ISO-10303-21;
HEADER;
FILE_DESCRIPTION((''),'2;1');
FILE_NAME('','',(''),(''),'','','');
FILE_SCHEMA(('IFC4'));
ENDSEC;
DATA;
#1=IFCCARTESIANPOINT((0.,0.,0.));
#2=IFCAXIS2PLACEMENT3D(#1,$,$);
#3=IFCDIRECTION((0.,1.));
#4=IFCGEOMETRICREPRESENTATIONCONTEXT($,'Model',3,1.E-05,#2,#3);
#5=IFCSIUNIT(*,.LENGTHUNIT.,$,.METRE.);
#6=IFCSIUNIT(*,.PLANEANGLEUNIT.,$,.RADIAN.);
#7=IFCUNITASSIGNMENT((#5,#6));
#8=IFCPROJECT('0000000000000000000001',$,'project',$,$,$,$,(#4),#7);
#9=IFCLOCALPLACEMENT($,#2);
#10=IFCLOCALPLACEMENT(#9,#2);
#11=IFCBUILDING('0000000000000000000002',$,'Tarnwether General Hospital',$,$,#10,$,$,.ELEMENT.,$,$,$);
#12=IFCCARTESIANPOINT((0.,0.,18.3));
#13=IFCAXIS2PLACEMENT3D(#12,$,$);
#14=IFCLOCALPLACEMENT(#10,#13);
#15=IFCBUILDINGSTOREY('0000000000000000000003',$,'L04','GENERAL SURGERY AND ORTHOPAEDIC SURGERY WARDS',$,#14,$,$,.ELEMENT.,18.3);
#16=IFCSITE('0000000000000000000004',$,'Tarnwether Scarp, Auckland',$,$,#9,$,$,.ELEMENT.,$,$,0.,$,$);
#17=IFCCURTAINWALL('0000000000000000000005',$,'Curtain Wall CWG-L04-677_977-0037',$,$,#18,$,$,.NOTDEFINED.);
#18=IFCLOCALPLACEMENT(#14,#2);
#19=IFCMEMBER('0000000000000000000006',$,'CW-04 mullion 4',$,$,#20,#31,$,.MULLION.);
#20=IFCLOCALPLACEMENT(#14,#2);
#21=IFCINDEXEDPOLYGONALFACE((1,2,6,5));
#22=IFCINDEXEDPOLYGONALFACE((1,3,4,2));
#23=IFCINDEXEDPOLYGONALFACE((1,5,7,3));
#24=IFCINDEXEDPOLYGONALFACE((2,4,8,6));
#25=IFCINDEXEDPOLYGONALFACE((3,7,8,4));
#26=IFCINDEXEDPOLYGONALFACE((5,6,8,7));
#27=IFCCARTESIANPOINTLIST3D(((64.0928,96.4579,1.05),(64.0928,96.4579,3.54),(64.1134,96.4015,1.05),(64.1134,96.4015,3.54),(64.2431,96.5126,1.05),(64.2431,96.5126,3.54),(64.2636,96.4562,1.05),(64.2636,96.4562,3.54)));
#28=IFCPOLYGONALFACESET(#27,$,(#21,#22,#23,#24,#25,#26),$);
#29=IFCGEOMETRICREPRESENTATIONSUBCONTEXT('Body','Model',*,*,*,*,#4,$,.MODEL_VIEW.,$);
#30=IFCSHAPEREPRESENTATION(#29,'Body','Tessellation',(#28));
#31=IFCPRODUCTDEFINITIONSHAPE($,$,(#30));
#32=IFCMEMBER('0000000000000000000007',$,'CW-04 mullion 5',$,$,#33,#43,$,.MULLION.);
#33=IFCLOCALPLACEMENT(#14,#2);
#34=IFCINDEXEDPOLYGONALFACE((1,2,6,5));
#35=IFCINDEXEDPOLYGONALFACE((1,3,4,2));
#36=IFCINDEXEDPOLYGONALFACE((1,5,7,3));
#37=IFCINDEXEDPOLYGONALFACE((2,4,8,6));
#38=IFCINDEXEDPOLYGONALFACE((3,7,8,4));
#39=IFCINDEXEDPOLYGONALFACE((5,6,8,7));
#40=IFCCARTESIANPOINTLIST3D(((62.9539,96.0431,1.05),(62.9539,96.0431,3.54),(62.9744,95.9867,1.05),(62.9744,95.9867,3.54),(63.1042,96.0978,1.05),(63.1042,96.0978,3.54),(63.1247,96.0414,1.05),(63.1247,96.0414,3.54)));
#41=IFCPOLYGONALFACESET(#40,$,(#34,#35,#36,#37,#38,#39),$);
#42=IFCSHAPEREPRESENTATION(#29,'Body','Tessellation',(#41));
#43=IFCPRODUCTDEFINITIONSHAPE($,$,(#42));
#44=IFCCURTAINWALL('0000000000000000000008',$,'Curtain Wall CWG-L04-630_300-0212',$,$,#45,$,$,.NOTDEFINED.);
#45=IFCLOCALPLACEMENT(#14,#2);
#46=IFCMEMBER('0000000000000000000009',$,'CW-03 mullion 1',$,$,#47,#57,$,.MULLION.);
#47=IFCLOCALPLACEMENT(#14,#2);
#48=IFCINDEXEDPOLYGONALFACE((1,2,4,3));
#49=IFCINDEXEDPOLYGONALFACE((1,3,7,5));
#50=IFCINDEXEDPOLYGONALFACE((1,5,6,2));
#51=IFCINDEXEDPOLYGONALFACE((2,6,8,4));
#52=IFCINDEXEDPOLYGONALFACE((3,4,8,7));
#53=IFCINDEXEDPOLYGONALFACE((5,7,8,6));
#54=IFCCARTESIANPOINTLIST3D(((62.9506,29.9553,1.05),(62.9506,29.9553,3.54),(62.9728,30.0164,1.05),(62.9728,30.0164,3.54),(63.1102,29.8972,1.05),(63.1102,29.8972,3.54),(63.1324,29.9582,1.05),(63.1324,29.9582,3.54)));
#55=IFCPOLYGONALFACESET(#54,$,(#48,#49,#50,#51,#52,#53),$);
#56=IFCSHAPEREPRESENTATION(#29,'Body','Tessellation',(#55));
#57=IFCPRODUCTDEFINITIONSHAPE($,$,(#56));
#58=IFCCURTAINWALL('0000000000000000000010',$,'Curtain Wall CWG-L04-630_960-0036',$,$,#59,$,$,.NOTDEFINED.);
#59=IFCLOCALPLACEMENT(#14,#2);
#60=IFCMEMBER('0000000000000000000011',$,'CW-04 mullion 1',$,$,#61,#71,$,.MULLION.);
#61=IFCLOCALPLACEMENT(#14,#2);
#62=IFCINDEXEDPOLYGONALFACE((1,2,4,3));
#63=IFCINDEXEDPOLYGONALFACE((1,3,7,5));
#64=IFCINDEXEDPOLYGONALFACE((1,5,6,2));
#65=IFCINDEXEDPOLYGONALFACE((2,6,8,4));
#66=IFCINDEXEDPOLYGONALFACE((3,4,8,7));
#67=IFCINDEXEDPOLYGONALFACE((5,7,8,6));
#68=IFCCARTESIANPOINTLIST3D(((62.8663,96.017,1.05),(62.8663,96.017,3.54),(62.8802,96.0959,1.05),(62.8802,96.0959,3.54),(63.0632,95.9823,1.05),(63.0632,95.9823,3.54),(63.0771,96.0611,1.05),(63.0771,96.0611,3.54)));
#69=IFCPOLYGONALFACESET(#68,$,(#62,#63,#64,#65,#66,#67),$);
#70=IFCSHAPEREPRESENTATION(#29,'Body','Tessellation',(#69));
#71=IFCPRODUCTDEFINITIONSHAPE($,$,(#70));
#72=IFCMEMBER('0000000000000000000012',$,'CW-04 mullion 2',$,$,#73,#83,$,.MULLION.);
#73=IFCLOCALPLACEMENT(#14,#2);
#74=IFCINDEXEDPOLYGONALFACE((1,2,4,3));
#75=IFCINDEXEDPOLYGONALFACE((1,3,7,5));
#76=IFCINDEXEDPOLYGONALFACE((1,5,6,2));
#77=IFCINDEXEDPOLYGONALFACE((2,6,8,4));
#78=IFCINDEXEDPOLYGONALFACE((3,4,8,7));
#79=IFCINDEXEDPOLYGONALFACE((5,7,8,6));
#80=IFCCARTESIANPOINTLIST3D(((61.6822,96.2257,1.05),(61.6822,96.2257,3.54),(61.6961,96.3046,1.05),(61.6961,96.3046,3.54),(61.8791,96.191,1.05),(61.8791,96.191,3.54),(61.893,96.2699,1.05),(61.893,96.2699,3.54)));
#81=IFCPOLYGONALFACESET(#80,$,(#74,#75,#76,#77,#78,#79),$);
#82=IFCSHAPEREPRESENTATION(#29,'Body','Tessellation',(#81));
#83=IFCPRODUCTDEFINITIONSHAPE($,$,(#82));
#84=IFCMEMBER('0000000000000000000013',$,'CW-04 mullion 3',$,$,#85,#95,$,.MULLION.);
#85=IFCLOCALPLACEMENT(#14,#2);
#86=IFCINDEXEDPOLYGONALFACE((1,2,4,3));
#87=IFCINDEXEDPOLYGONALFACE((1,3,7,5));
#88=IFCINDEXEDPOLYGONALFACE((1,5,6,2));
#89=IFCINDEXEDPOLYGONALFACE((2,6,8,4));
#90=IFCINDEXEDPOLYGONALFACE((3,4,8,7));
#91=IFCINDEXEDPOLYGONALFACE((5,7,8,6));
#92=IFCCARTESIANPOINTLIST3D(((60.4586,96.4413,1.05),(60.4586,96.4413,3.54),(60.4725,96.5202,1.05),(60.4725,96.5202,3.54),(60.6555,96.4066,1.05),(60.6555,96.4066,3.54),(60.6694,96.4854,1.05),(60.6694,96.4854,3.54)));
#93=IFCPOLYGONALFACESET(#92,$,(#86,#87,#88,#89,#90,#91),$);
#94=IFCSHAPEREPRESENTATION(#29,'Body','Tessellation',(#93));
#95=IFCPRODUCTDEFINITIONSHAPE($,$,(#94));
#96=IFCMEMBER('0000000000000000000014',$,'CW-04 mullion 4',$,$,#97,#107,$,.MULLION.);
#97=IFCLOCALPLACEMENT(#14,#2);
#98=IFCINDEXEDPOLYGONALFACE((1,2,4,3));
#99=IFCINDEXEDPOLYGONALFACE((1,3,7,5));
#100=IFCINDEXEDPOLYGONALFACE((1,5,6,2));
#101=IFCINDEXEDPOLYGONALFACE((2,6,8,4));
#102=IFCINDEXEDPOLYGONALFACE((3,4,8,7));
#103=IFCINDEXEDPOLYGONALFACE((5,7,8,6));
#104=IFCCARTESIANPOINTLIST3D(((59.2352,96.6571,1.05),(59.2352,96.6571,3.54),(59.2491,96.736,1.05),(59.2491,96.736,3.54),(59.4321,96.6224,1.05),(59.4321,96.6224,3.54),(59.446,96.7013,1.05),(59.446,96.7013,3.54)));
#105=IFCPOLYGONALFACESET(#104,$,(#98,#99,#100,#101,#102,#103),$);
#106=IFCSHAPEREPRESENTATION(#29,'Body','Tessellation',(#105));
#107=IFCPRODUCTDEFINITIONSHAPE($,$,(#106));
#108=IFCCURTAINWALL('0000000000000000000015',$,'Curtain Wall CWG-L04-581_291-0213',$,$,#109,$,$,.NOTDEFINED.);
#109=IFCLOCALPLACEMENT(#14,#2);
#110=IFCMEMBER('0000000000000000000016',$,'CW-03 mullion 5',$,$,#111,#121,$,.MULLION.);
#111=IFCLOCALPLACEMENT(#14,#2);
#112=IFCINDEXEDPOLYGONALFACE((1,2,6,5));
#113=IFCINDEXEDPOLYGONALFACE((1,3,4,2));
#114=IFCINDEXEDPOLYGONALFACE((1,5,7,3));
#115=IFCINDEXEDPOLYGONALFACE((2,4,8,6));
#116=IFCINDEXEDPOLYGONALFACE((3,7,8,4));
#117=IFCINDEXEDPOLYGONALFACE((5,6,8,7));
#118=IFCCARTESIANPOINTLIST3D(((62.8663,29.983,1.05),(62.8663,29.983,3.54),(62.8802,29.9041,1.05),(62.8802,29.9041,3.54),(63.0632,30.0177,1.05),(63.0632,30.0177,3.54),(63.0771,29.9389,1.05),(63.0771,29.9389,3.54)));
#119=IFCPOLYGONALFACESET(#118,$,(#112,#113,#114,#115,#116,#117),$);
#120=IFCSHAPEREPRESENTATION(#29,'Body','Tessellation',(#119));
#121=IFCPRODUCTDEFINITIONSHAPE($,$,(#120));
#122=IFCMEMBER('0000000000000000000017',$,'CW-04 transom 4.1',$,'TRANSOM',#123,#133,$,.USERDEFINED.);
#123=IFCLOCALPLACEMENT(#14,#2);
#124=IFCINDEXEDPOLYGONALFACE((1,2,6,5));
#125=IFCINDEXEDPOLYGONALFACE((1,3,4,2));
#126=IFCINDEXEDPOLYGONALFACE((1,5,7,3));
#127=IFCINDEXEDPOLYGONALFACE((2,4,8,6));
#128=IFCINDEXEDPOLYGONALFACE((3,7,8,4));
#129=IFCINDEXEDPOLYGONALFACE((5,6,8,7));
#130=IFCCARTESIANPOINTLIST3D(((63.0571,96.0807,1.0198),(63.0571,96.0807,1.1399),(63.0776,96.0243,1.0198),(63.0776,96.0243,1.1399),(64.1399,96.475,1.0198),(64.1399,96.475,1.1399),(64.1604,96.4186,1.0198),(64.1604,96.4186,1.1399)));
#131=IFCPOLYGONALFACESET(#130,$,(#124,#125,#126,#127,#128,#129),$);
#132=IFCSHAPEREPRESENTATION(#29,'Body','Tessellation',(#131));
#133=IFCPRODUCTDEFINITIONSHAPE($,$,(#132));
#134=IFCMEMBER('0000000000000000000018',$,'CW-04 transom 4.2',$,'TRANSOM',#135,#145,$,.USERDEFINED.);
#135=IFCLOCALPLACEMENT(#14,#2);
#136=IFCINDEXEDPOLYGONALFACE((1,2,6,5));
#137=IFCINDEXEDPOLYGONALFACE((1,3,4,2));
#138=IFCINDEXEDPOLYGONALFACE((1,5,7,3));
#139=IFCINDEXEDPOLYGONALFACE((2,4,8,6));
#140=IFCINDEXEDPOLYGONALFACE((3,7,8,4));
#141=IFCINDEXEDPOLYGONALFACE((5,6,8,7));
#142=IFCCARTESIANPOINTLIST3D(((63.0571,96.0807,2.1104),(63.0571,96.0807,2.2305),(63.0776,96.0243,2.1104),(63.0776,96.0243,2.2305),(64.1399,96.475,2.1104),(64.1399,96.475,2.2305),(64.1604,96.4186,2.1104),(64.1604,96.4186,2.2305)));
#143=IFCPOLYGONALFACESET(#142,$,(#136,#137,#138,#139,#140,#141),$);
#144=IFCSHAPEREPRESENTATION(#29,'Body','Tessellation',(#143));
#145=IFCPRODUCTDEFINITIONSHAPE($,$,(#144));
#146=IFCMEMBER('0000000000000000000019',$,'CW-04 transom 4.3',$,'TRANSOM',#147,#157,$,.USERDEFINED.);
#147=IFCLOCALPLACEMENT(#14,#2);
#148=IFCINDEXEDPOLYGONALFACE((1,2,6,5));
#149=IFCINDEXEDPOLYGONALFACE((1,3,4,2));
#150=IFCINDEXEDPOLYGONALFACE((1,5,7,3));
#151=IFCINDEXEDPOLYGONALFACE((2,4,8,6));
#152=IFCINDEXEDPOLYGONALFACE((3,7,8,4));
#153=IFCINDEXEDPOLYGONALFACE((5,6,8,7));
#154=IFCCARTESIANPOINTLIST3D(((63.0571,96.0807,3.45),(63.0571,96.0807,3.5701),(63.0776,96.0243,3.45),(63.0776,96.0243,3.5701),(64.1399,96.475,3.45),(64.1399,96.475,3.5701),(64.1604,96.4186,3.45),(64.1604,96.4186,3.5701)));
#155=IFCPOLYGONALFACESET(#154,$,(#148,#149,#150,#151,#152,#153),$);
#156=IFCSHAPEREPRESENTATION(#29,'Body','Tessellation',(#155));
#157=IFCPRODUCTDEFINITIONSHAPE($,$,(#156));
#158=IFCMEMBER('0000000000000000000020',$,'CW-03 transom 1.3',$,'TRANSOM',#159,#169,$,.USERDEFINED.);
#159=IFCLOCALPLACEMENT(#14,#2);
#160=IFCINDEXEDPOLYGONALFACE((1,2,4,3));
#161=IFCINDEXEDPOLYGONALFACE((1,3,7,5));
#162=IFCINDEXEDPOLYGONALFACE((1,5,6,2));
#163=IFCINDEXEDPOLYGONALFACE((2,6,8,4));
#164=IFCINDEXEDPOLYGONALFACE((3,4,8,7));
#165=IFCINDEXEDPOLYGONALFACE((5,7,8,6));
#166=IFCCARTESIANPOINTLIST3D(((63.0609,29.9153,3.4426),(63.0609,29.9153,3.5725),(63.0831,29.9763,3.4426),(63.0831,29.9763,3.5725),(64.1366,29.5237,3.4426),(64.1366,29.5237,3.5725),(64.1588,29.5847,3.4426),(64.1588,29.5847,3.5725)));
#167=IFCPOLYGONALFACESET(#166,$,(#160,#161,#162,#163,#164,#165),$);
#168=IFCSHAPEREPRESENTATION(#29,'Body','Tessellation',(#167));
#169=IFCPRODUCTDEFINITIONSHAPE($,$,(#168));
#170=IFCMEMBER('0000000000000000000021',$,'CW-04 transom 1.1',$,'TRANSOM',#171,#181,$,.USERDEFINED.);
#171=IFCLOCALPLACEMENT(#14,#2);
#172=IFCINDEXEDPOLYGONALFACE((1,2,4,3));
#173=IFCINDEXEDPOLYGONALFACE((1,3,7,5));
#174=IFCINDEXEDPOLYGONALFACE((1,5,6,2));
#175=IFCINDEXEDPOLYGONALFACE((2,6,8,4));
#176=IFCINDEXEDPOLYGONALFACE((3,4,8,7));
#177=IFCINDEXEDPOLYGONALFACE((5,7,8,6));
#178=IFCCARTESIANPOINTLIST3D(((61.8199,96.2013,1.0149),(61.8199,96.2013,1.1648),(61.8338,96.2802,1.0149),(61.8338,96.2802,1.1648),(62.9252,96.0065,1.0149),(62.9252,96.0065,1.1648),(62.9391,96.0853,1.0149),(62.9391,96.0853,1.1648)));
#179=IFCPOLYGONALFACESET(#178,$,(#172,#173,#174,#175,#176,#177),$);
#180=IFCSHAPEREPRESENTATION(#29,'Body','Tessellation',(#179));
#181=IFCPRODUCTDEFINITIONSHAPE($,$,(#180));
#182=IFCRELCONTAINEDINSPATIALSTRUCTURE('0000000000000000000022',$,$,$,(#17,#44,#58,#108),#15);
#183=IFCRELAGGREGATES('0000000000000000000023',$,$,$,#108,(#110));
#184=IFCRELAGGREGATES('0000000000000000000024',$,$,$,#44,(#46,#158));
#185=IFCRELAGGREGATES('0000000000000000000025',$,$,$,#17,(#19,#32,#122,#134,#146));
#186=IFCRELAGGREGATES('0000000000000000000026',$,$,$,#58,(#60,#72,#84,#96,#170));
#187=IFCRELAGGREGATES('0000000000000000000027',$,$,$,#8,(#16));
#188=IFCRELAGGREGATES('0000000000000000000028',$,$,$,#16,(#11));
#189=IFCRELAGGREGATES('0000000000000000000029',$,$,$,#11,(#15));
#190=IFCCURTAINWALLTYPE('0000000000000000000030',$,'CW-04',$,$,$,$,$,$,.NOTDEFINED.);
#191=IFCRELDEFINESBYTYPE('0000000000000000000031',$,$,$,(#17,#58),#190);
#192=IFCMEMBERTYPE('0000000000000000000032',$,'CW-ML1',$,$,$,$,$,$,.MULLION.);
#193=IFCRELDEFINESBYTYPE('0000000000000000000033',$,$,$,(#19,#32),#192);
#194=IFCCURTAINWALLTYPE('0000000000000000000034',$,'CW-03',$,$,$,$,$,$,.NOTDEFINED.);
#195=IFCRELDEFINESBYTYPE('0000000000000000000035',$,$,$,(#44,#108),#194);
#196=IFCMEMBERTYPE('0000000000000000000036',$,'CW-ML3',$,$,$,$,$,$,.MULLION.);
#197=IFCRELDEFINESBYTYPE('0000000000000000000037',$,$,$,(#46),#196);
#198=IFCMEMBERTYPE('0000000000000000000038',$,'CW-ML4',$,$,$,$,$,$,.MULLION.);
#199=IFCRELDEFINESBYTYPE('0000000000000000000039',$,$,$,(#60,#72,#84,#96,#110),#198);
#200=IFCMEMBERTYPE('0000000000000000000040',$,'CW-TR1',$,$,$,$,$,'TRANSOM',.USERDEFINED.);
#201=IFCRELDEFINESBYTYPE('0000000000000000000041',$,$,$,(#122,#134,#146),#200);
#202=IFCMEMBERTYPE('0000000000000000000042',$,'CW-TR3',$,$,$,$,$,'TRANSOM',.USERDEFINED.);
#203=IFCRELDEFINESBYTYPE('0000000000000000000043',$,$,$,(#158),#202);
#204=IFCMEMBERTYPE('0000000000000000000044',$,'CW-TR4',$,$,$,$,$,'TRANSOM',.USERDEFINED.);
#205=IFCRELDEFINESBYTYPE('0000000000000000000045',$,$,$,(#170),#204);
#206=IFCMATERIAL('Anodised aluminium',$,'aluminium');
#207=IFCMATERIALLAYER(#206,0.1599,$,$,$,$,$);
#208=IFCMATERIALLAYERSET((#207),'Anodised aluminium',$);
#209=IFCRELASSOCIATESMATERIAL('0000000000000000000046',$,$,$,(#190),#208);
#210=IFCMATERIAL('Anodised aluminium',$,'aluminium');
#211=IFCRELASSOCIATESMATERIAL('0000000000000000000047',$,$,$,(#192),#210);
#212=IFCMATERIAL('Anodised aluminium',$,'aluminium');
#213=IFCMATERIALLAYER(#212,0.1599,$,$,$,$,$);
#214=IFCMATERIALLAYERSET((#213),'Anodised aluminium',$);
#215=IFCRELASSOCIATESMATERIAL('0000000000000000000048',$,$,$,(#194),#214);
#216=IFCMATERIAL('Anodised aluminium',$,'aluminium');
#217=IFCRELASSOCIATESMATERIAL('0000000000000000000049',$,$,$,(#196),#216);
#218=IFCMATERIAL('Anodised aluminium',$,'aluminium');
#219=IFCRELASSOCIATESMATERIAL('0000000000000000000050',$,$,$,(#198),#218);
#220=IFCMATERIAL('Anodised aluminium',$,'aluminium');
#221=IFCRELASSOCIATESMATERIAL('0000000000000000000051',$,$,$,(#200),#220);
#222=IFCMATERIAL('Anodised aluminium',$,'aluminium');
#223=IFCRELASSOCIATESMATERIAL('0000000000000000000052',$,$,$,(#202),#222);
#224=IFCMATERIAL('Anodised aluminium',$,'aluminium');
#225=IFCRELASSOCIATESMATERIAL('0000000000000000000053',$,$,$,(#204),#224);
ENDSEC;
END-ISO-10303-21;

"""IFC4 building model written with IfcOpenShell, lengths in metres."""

from ifc_helpers import new_model, si_unit, direction, frame, origin, origin_2d, place, context, subcontext, project, spatial, rectangle, extrude, material, layer, layer_set, material_profile, profile_set, type_object, element, aggregate, save


model = new_model("IFC4")

# Units and contexts
model_context = context("Model", 3, precision=1e-05, world=origin(), true_north=direction((0.0, 1.0)))
body_context = subcontext(model_context, "Body", "Model", "MODEL_VIEW")
ifc_project = project(units=[si_unit("LENGTHUNIT", "METRE"), si_unit("PLANEANGLEUNIT", "RADIAN")], contexts=[model_context])

# Site, building, storey
site_placement = place(None, origin())
site = spatial("IfcSite", under=ifc_project, at=site_placement, Name="Tarnwether Scarp, Auckland", CompositionType="ELEMENT", RefElevation=0.0)
building_placement = place(site_placement, origin())
building = spatial("IfcBuilding", under=site, at=building_placement, Name="Tarnwether General Hospital", CompositionType="ELEMENT")
storey_placement = place(building_placement, frame((0.0, 0.0, 18.3)))
storey = spatial("IfcBuildingStorey", under=building, at=storey_placement, Name="L04", Description="GENERAL SURGERY AND ORTHOPAEDIC SURGERY WARDS", CompositionType="ELEMENT", Elevation=18.3)

# Curtain wall, members
ifc_material_1 = material(Name="Anodised aluminium", Category="aluminium")
ifc_layer_1 = layer(ifc_material_1, 0.1599)
ifc_layer_set_1 = layer_set([ifc_layer_1], Name="Anodised aluminium")
curtain_wall_type_1 = type_object("IfcCurtainWallType", Name="CW-04", PredefinedType="NOTDEFINED", material=ifc_layer_set_1)
curtain_wall_1_placement = place(storey_placement, origin())
curtain_wall_1 = element("IfcCurtainWall", 1, at=curtain_wall_1_placement, inside=storey, type_object=curtain_wall_type_1, Name="Curtain Wall CWG-L04-677_977-0037", PredefinedType="NOTDEFINED")
ifc_material_2 = material(Name="Anodised aluminium", Category="aluminium")
ifc_material_profile_1 = material_profile(ifc_material_2, rectangle(XDim=0.0601, YDim=0.1599, at=origin_2d()), Name="ALU-MUL-60x160")
ifc_profile_set_1 = profile_set([ifc_material_profile_1], Name="Anodised aluminium")
member_type_1 = type_object("IfcMemberType", Name="CW-ML1", PredefinedType="MULLION", material=ifc_profile_set_1)
member_1_placement = place(storey_placement, frame((64.1782, 96.457, 1.05), z_axis=(0.0, 0.0, 1.0), x_axis=(0.342131, -0.939652, 0.0)))
member_1 = element("IfcMember", 2, at=member_1_placement, type_object=member_type_1, Name="CW-04 mullion 4", PredefinedType="MULLION", context=body_context, shape_type="SweptSolid", body=[
    extrude(rectangle(XDim=0.0601, YDim=0.1599, at=origin_2d()), origin(), (0.0, 0.0, 1.0), 2.49),
])
member_2_placement = place(storey_placement, frame((63.0393, 96.0422, 1.05), z_axis=(0.0, 0.0, 1.0), x_axis=(0.342131, -0.939652, 0.0)))
member_2 = element("IfcMember", 3, at=member_2_placement, type_object=member_type_1, Name="CW-04 mullion 5", PredefinedType="MULLION", context=body_context, shape_type="SweptSolid", body=[
    extrude(rectangle(XDim=0.0601, YDim=0.1599, at=origin_2d()), origin(), (0.0, 0.0, 1.0), 2.49),
])

# Curtain wall, member
ifc_material_3 = material(Name="Anodised aluminium", Category="aluminium")
ifc_layer_2 = layer(ifc_material_3, 0.1599)
ifc_layer_set_2 = layer_set([ifc_layer_2], Name="Anodised aluminium")
curtain_wall_type_2 = type_object("IfcCurtainWallType", Name="CW-03", PredefinedType="NOTDEFINED", material=ifc_layer_set_2)
curtain_wall_2_placement = place(storey_placement, origin())
curtain_wall_2 = element("IfcCurtainWall", 4, at=curtain_wall_2_placement, inside=storey, type_object=curtain_wall_type_2, Name="Curtain Wall CWG-L04-630_300-0212", PredefinedType="NOTDEFINED")
ifc_material_4 = material(Name="Anodised aluminium", Category="aluminium")
ifc_material_profile_2 = material_profile(ifc_material_4, rectangle(XDim=0.0649, YDim=0.1699, at=origin_2d()), Name="ALU-MUL-65x170")
ifc_profile_set_2 = profile_set([ifc_material_profile_2], Name="Anodised aluminium")
member_type_2 = type_object("IfcMemberType", Name="CW-ML3", PredefinedType="MULLION", material=ifc_profile_set_2)
member_3_placement = place(storey_placement, frame((63.0415, 29.9568, 1.05), z_axis=(0.0, 0.0, 1.0), x_axis=(0.342131, 0.939652, 0.0)))
member_3 = element("IfcMember", 5, at=member_3_placement, type_object=member_type_2, Name="CW-03 mullion 1", PredefinedType="MULLION", context=body_context, shape_type="SweptSolid", body=[
    extrude(rectangle(XDim=0.0649, YDim=0.1699, at=origin_2d()), origin(), (0.0, 0.0, 1.0), 2.49),
])

# Curtain wall, members
curtain_wall_3_placement = place(storey_placement, origin())
curtain_wall_3 = element("IfcCurtainWall", 6, at=curtain_wall_3_placement, inside=storey, type_object=curtain_wall_type_1, Name="Curtain Wall CWG-L04-630_960-0036", PredefinedType="NOTDEFINED")
ifc_material_5 = material(Name="Anodised aluminium", Category="aluminium")
ifc_material_profile_3 = material_profile(ifc_material_5, rectangle(XDim=0.0801, YDim=0.2, at=origin_2d()), Name="ALU-MUL-80x200")
ifc_profile_set_3 = profile_set([ifc_material_profile_3], Name="Anodised aluminium")
member_type_3 = type_object("IfcMemberType", Name="CW-ML4", PredefinedType="MULLION", material=ifc_profile_set_3)
member_4_placement = place(storey_placement, frame((62.9717, 96.0391, 1.05), z_axis=(0.0, 0.0, 1.0), x_axis=(-0.173659, -0.984806, 0.0)))
member_4 = element("IfcMember", 7, at=member_4_placement, type_object=member_type_3, Name="CW-04 mullion 1", PredefinedType="MULLION", context=body_context, shape_type="SweptSolid", body=[
    extrude(rectangle(XDim=0.0801, YDim=0.2, at=origin_2d()), origin(), (0.0, 0.0, 1.0), 2.49),
])
member_5_placement = place(storey_placement, frame((61.7876, 96.2478, 1.05), z_axis=(0.0, 0.0, 1.0), x_axis=(-0.173659, -0.984806, 0.0)))
member_5 = element("IfcMember", 8, at=member_5_placement, type_object=member_type_3, Name="CW-04 mullion 2", PredefinedType="MULLION", context=body_context, shape_type="SweptSolid", body=[
    extrude(rectangle(XDim=0.0801, YDim=0.2, at=origin_2d()), origin(), (0.0, 0.0, 1.0), 2.49),
])
member_6_placement = place(storey_placement, frame((60.564, 96.4634, 1.05), z_axis=(0.0, 0.0, 1.0), x_axis=(-0.173659, -0.984806, 0.0)))
member_6 = element("IfcMember", 9, at=member_6_placement, type_object=member_type_3, Name="CW-04 mullion 3", PredefinedType="MULLION", context=body_context, shape_type="SweptSolid", body=[
    extrude(rectangle(XDim=0.0801, YDim=0.2, at=origin_2d()), origin(), (0.0, 0.0, 1.0), 2.49),
])
member_7_placement = place(storey_placement, frame((59.3406, 96.6792, 1.05), z_axis=(0.0, 0.0, 1.0), x_axis=(-0.173659, -0.984806, 0.0)))
member_7 = element("IfcMember", 10, at=member_7_placement, type_object=member_type_3, Name="CW-04 mullion 4", PredefinedType="MULLION", context=body_context, shape_type="SweptSolid", body=[
    extrude(rectangle(XDim=0.0801, YDim=0.2, at=origin_2d()), origin(), (0.0, 0.0, 1.0), 2.49),
])

# Curtain wall, member
curtain_wall_4_placement = place(storey_placement, origin())
curtain_wall_4 = element("IfcCurtainWall", 11, at=curtain_wall_4_placement, inside=storey, type_object=curtain_wall_type_2, Name="Curtain Wall CWG-L04-581_291-0213", PredefinedType="NOTDEFINED")
member_8_placement = place(storey_placement, frame((62.9717, 29.9609, 1.05), z_axis=(0.0, 0.0, 1.0), x_axis=(-0.173659, 0.984806, 0.0)))
member_8 = element("IfcMember", 12, at=member_8_placement, type_object=member_type_3, Name="CW-03 mullion 5", PredefinedType="MULLION", context=body_context, shape_type="SweptSolid", body=[
    extrude(rectangle(XDim=0.0801, YDim=0.2, at=origin_2d()), origin(), (0.0, 0.0, 1.0), 2.49),
])
aggregate(curtain_wall_4, [member_8])

# Members
ifc_material_6 = material(Name="Anodised aluminium", Category="aluminium")
ifc_material_profile_4 = material_profile(ifc_material_6, rectangle(XDim=0.0601, YDim=0.1201, at=origin_2d()), Name="ALU-TRN-60x120")
ifc_profile_set_4 = profile_set([ifc_material_profile_4], Name="Anodised aluminium")
member_type_4 = type_object("IfcMemberType", Name="CW-TR1", ElementType="TRANSOM", PredefinedType="USERDEFINED", material=ifc_profile_set_4)
member_9_placement = place(storey_placement, frame((64.1501, 96.4468, 1.0798), z_axis=(-0.939639, -0.342168, 0.0), x_axis=(0.342168, -0.939639, 0.0)))
member_9 = element("IfcMember", 13, at=member_9_placement, type_object=member_type_4, Name="CW-04 transom 4.1", ObjectType="TRANSOM", PredefinedType="USERDEFINED", context=body_context, shape_type="SweptSolid", body=[
    extrude(rectangle(XDim=0.0601, YDim=0.1201, at=origin_2d()), origin(), (0.0, 0.0, 1.0), 1.1523),
])
member_10_placement = place(storey_placement, frame((64.1501, 96.4468, 2.1704), z_axis=(-0.939639, -0.342168, 0.0), x_axis=(0.342168, -0.939639, 0.0)))
member_10 = element("IfcMember", 14, at=member_10_placement, type_object=member_type_4, Name="CW-04 transom 4.2", ObjectType="TRANSOM", PredefinedType="USERDEFINED", context=body_context, shape_type="SweptSolid", body=[
    extrude(rectangle(XDim=0.0601, YDim=0.1201, at=origin_2d()), origin(), (0.0, 0.0, 1.0), 1.1523),
])
member_11_placement = place(storey_placement, frame((64.1501, 96.4468, 3.51), z_axis=(-0.939639, -0.342168, 0.0), x_axis=(0.342168, -0.939639, 0.0)))
member_11 = element("IfcMember", 15, at=member_11_placement, type_object=member_type_4, Name="CW-04 transom 4.3", ObjectType="TRANSOM", PredefinedType="USERDEFINED", context=body_context, shape_type="SweptSolid", body=[
    extrude(rectangle(XDim=0.0601, YDim=0.1201, at=origin_2d()), origin(), (0.0, 0.0, 1.0), 1.1523),
])
ifc_material_7 = material(Name="Anodised aluminium", Category="aluminium")
ifc_material_profile_5 = material_profile(ifc_material_7, rectangle(XDim=0.0649, YDim=0.1299, at=origin_2d()), Name="ALU-TRN-65x130")
ifc_profile_set_5 = profile_set([ifc_material_profile_5], Name="Anodised aluminium")
member_type_5 = type_object("IfcMemberType", Name="CW-TR3", ElementType="TRANSOM", PredefinedType="USERDEFINED", material=ifc_profile_set_5)
member_12_placement = place(storey_placement, frame((63.072, 29.9458, 3.5076), z_axis=(0.939669, -0.342086, 0.0), x_axis=(0.342086, 0.939669, 0.0)))
member_12 = element("IfcMember", 16, at=member_12_placement, type_object=member_type_5, Name="CW-03 transom 1.3", ObjectType="TRANSOM", PredefinedType="USERDEFINED", context=body_context, shape_type="SweptSolid", body=[
    extrude(rectangle(XDim=0.0649, YDim=0.1299, at=origin_2d()), origin(), (0.0, 0.0, 1.0), 1.1448),
])
aggregate(curtain_wall_2, [member_3, member_12])
ifc_material_8 = material(Name="Anodised aluminium", Category="aluminium")
ifc_material_profile_6 = material_profile(ifc_material_8, rectangle(XDim=0.0801, YDim=0.1499, at=origin_2d()), Name="ALU-TRN-80x150")
ifc_profile_set_6 = profile_set([ifc_material_profile_6], Name="Anodised aluminium")
member_type_6 = type_object("IfcMemberType", Name="CW-TR4", ElementType="TRANSOM", PredefinedType="USERDEFINED", material=ifc_profile_set_6)
member_13_placement = place(storey_placement, frame((62.9321, 96.0459, 1.0898), z_axis=(-0.984816, 0.173599, 0.0), x_axis=(-0.173599, -0.984816, 0.0)))
member_13 = element("IfcMember", 17, at=member_13_placement, type_object=member_type_6, Name="CW-04 transom 1.1", ObjectType="TRANSOM", PredefinedType="USERDEFINED", context=body_context, shape_type="SweptSolid", body=[
    extrude(rectangle(XDim=0.0801, YDim=0.1499, at=origin_2d()), origin(), (0.0, 0.0, 1.0), 1.1223),
])

aggregate(curtain_wall_1, [member_1, member_2, member_9, member_10, member_11])
aggregate(curtain_wall_3, [member_4, member_5, member_6, member_7, member_13])

save(model, "model.ifc")
